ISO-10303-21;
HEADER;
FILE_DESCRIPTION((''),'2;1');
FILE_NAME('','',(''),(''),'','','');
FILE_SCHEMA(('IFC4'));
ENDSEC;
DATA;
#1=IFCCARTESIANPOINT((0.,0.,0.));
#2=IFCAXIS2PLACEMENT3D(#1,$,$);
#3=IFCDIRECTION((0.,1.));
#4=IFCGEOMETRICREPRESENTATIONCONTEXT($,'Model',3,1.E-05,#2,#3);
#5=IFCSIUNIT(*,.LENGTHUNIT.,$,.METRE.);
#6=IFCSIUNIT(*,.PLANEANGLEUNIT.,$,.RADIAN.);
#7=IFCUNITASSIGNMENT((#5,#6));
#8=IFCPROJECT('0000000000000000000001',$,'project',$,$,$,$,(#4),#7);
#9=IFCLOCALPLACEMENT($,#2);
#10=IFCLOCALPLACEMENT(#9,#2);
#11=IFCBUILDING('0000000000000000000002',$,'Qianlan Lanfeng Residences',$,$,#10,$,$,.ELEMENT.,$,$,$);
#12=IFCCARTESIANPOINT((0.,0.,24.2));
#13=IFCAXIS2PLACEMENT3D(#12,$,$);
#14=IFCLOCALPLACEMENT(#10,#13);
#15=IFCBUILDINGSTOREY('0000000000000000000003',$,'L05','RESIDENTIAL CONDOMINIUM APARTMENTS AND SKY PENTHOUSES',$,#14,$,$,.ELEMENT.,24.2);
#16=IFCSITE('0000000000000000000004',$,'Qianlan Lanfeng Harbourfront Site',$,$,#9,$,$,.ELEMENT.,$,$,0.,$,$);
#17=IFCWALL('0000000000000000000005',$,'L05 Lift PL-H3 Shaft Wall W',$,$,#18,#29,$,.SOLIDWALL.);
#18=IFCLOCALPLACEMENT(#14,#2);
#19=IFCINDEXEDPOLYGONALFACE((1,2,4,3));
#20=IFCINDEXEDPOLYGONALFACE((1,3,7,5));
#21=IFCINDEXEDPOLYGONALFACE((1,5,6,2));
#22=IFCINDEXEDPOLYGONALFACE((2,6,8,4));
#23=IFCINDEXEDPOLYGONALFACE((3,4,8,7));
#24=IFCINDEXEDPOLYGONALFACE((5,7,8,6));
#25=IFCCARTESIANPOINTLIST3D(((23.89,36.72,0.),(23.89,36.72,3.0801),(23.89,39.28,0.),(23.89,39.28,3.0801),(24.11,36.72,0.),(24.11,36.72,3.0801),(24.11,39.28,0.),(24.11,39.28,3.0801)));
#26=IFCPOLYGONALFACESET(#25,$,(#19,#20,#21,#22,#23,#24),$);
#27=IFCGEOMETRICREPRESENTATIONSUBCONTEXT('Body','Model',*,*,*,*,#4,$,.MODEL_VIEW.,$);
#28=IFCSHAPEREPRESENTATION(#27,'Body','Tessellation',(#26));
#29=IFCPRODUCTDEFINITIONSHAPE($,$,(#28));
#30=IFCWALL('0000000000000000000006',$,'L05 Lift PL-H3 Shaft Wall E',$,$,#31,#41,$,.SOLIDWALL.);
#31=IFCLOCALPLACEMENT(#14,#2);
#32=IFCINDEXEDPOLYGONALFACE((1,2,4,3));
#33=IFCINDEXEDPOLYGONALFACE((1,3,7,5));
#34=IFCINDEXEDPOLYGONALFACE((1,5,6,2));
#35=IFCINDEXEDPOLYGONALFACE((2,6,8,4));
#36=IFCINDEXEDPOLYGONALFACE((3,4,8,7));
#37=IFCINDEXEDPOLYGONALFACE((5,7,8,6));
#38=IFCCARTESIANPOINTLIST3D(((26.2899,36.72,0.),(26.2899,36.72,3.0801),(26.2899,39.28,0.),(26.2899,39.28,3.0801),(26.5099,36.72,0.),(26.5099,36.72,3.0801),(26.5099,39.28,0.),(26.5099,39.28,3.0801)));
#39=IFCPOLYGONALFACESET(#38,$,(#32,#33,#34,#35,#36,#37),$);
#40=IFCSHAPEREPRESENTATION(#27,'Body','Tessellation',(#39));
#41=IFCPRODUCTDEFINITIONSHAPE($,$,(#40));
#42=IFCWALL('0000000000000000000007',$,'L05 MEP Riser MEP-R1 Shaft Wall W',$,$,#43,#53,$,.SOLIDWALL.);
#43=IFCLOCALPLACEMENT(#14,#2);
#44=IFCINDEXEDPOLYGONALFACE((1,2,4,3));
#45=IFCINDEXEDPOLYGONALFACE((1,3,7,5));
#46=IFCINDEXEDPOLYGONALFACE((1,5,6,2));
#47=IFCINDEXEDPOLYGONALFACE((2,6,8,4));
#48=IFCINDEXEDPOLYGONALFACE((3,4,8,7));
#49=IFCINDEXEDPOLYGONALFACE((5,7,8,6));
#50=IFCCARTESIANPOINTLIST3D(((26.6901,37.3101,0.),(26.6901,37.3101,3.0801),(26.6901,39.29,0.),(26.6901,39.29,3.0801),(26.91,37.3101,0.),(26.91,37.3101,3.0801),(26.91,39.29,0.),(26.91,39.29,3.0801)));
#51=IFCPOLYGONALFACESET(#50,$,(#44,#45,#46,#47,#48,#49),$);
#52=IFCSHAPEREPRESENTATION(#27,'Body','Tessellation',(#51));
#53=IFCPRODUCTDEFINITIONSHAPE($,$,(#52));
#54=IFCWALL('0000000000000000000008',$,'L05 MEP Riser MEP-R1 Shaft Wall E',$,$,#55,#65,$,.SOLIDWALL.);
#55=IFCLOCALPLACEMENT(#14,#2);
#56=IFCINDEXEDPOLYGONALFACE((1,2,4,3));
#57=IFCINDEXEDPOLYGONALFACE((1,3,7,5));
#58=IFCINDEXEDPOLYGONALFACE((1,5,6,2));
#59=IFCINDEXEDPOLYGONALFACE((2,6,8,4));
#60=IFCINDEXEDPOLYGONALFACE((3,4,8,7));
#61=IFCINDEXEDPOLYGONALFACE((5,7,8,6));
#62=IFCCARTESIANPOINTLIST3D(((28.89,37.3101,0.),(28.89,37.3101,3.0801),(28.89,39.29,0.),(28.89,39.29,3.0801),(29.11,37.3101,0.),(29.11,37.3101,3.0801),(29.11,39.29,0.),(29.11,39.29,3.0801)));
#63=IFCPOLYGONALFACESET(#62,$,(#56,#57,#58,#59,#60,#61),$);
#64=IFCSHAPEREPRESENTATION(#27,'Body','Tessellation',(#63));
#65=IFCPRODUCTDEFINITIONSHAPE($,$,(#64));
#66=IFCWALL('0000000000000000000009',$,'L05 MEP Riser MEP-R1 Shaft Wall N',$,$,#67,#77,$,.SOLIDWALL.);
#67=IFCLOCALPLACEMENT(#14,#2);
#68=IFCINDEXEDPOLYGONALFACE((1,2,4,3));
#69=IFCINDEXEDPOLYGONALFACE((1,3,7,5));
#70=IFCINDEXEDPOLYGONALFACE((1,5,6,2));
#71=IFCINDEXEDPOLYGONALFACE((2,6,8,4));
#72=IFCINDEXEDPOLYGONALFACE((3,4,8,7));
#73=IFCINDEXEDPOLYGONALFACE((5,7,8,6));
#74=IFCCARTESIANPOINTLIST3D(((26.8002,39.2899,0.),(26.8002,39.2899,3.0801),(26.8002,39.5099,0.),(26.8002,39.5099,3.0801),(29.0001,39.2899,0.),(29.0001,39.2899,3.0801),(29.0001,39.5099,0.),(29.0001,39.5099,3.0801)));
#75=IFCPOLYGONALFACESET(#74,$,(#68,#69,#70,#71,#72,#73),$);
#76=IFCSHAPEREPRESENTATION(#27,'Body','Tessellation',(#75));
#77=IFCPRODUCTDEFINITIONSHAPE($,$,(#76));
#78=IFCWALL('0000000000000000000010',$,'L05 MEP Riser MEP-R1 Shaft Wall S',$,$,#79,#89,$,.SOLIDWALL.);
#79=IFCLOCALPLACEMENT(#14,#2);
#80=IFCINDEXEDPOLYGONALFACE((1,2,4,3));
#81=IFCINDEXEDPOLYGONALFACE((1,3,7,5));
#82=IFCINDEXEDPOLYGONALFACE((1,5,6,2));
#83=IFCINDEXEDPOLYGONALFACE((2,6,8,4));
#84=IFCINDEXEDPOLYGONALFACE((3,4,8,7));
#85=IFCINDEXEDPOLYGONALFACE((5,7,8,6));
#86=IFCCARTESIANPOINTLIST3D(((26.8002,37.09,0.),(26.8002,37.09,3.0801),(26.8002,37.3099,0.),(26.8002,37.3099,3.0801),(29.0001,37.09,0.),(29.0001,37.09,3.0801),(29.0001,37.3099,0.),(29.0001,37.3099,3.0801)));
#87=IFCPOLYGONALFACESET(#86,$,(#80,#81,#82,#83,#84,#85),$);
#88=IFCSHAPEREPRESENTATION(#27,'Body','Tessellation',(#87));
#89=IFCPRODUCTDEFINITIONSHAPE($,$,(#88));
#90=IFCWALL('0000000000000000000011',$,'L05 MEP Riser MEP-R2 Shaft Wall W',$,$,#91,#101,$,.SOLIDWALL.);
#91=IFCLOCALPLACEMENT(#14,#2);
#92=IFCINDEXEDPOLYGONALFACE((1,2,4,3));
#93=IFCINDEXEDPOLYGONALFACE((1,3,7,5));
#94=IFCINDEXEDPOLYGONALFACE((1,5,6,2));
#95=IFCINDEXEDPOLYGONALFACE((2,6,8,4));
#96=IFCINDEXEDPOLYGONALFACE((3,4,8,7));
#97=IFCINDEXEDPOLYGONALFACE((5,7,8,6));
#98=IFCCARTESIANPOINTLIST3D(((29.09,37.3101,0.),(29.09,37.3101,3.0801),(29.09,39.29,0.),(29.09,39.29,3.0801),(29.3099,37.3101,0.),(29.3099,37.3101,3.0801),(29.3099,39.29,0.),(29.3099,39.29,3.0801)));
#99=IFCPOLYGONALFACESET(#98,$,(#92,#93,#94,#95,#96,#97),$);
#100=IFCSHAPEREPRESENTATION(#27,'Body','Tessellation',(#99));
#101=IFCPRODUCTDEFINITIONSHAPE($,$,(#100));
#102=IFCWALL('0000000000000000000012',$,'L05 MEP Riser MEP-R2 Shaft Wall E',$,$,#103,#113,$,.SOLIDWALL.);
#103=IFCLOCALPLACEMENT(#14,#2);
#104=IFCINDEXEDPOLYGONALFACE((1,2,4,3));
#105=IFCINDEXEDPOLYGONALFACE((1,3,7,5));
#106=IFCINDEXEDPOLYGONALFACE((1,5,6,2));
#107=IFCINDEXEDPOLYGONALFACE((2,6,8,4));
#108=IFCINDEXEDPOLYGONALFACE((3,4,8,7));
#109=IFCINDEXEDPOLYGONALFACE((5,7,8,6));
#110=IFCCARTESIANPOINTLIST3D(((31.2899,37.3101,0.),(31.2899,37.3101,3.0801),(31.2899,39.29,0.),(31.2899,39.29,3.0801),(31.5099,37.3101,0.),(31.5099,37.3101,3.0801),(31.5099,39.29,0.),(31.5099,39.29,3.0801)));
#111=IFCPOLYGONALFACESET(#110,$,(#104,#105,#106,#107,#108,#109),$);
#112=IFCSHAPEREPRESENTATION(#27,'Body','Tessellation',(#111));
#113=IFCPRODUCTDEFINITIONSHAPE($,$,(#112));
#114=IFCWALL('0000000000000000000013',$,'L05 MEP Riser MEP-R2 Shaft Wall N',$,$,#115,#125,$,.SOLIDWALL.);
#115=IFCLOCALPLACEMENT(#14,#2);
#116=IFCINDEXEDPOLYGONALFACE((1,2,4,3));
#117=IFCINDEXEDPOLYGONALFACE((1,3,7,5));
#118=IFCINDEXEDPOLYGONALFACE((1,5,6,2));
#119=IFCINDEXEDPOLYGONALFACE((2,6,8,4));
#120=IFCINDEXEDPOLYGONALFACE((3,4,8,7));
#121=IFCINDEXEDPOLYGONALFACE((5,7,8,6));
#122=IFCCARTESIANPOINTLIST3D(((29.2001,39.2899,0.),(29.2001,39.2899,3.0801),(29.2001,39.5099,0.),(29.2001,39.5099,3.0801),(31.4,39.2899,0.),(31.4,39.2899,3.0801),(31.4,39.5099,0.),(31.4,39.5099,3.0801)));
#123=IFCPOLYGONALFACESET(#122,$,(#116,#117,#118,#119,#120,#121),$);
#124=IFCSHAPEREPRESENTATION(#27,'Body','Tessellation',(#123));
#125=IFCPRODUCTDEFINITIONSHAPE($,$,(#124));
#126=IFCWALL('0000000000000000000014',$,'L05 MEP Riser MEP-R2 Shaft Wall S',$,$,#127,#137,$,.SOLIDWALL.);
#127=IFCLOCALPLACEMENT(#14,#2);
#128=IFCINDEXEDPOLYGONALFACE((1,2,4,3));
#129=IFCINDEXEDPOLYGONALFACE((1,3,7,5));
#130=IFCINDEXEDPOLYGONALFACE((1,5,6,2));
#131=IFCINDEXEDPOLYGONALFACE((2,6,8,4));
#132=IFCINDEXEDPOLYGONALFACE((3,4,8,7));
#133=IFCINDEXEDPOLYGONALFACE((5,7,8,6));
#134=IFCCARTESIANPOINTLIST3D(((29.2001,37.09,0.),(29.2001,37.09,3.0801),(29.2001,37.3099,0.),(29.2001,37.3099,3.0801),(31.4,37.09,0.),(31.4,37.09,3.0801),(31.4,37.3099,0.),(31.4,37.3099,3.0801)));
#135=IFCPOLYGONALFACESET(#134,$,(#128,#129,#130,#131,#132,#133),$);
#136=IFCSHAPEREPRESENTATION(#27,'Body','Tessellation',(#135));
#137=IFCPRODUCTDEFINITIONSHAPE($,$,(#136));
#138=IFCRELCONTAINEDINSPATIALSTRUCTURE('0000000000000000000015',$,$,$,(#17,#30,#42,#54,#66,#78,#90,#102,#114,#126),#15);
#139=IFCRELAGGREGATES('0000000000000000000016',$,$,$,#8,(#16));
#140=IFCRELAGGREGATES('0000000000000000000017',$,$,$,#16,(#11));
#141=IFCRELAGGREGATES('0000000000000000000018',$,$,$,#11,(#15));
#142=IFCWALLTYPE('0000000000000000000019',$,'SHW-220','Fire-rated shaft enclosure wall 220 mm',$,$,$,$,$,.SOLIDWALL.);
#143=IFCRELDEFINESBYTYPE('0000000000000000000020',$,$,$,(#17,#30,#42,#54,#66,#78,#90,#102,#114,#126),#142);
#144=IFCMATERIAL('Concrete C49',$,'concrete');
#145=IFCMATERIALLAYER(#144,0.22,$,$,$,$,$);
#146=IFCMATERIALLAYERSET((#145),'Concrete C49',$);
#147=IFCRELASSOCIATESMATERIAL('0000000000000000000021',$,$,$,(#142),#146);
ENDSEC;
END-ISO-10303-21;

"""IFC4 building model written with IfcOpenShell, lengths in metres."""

from ifc_helpers import new_model, si_unit, direction, frame, frame_2d, origin, place, context, subcontext, project, spatial, rectangle, extrude, material, layer, layer_set, type_object, element, save


model = new_model("IFC4")

# Units and contexts
model_context = context("Model", 3, precision=1e-05, world=origin(), true_north=direction((0.0, 1.0)))
body_context = subcontext(model_context, "Body", "Model", "MODEL_VIEW")
ifc_project = project(units=[si_unit("LENGTHUNIT", "METRE"), si_unit("PLANEANGLEUNIT", "RADIAN")], contexts=[model_context])

# Site, building, storey
site_placement = place(None, origin())
site = spatial("IfcSite", under=ifc_project, at=site_placement, Name="Qianlan Lanfeng Harbourfront Site", CompositionType="ELEMENT", RefElevation=0.0)
building_placement = place(site_placement, origin())
building = spatial("IfcBuilding", under=site, at=building_placement, Name="Qianlan Lanfeng Residences", CompositionType="ELEMENT")
storey_placement = place(building_placement, frame((0.0, 0.0, 24.2)))
storey = spatial("IfcBuildingStorey", under=building, at=storey_placement, Name="L05", Description="RESIDENTIAL CONDOMINIUM APARTMENTS AND SKY PENTHOUSES", CompositionType="ELEMENT", Elevation=24.2)

# Walls
ifc_material_1 = material(Name="Concrete C49", Category="concrete")
ifc_layer_1 = layer(ifc_material_1, 0.22)
ifc_layer_set_1 = layer_set([ifc_layer_1], Name="Concrete C49")
wall_type_1 = type_object("IfcWallType", Name="SHW-220", Description="Fire-rated shaft enclosure wall 220 mm", PredefinedType="SOLIDWALL", material=ifc_layer_set_1)
for number, where, z_axis, x_axis, name in (
    (1, (24.0, 36.72, 0.0), (0.0, 0.0, 1.0), (0.0, 1.0, 0.0), "L05 Lift PL-H3 Shaft Wall W"),
    (2, (26.3999, 36.72, 0.0), (0.0, 0.0, 1.0), (0.0, 1.0, 0.0), "L05 Lift PL-H3 Shaft Wall E"),
):
    element("IfcWall", number, at=place(storey_placement, frame(where, z_axis=z_axis, x_axis=x_axis)), inside=storey, type_object=wall_type_1, Name=name, PredefinedType="SOLIDWALL", context=body_context, shape_type="SweptSolid", body=[
        extrude(rectangle(XDim=2.5601, YDim=0.22, at=frame_2d((1.28, 0.0))), origin(), (0.0, 0.0, 1.0), 3.0801),
    ])
for number, where, z_axis, x_axis, name in (
    (3, (26.8, 37.3101, 0.0), (0.0, 0.0, 1.0), (0.0, 1.0, 0.0), "L05 MEP Riser MEP-R1 Shaft Wall W"),
    (4, (29.0, 37.3101, 0.0), (0.0, 0.0, 1.0), (0.0, 1.0, 0.0), "L05 MEP Riser MEP-R1 Shaft Wall E"),
):
    element("IfcWall", number, at=place(storey_placement, frame(where, z_axis=z_axis, x_axis=x_axis)), inside=storey, type_object=wall_type_1, Name=name, PredefinedType="SOLIDWALL", context=body_context, shape_type="SweptSolid", body=[
        extrude(rectangle(XDim=1.98, YDim=0.22, at=frame_2d((0.99, 0.0))), origin(), (0.0, 0.0, 1.0), 3.0801),
    ])
for number, where, z_axis, x_axis, name in (
    (5, (26.8, 39.3999, 0.0), (0.0, 0.0, 1.0), (1.0, 0.0, 0.0), "L05 MEP Riser MEP-R1 Shaft Wall N"),
    (6, (26.8, 37.2, 0.0), (0.0, 0.0, 1.0), (1.0, 0.0, 0.0), "L05 MEP Riser MEP-R1 Shaft Wall S"),
):
    element("IfcWall", number, at=place(storey_placement, frame(where, z_axis=z_axis, x_axis=x_axis)), inside=storey, type_object=wall_type_1, Name=name, PredefinedType="SOLIDWALL", context=body_context, shape_type="SweptSolid", body=[
        extrude(rectangle(XDim=2.2, YDim=0.22, at=frame_2d((1.1001, 0.0))), origin(), (0.0, 0.0, 1.0), 3.0801),
    ])
for number, where, z_axis, x_axis, name in (
    (7, (29.2, 37.3101, 0.0), (0.0, 0.0, 1.0), (0.0, 1.0, 0.0), "L05 MEP Riser MEP-R2 Shaft Wall W"),
    (8, (31.3999, 37.3101, 0.0), (0.0, 0.0, 1.0), (0.0, 1.0, 0.0), "L05 MEP Riser MEP-R2 Shaft Wall E"),
):
    element("IfcWall", number, at=place(storey_placement, frame(where, z_axis=z_axis, x_axis=x_axis)), inside=storey, type_object=wall_type_1, Name=name, PredefinedType="SOLIDWALL", context=body_context, shape_type="SweptSolid", body=[
        extrude(rectangle(XDim=1.98, YDim=0.22, at=frame_2d((0.99, 0.0))), origin(), (0.0, 0.0, 1.0), 3.0801),
    ])
for number, where, z_axis, x_axis, name in (
    (9, (29.2, 39.3999, 0.0), (0.0, 0.0, 1.0), (1.0, 0.0, 0.0), "L05 MEP Riser MEP-R2 Shaft Wall N"),
    (10, (29.2, 37.2, 0.0), (0.0, 0.0, 1.0), (1.0, 0.0, 0.0), "L05 MEP Riser MEP-R2 Shaft Wall S"),
):
    element("IfcWall", number, at=place(storey_placement, frame(where, z_axis=z_axis, x_axis=x_axis)), inside=storey, type_object=wall_type_1, Name=name, PredefinedType="SOLIDWALL", context=body_context, shape_type="SweptSolid", body=[
        extrude(rectangle(XDim=2.2, YDim=0.22, at=frame_2d((1.1001, 0.0))), origin(), (0.0, 0.0, 1.0), 3.0801),
    ])

save(model, "model.ifc")
